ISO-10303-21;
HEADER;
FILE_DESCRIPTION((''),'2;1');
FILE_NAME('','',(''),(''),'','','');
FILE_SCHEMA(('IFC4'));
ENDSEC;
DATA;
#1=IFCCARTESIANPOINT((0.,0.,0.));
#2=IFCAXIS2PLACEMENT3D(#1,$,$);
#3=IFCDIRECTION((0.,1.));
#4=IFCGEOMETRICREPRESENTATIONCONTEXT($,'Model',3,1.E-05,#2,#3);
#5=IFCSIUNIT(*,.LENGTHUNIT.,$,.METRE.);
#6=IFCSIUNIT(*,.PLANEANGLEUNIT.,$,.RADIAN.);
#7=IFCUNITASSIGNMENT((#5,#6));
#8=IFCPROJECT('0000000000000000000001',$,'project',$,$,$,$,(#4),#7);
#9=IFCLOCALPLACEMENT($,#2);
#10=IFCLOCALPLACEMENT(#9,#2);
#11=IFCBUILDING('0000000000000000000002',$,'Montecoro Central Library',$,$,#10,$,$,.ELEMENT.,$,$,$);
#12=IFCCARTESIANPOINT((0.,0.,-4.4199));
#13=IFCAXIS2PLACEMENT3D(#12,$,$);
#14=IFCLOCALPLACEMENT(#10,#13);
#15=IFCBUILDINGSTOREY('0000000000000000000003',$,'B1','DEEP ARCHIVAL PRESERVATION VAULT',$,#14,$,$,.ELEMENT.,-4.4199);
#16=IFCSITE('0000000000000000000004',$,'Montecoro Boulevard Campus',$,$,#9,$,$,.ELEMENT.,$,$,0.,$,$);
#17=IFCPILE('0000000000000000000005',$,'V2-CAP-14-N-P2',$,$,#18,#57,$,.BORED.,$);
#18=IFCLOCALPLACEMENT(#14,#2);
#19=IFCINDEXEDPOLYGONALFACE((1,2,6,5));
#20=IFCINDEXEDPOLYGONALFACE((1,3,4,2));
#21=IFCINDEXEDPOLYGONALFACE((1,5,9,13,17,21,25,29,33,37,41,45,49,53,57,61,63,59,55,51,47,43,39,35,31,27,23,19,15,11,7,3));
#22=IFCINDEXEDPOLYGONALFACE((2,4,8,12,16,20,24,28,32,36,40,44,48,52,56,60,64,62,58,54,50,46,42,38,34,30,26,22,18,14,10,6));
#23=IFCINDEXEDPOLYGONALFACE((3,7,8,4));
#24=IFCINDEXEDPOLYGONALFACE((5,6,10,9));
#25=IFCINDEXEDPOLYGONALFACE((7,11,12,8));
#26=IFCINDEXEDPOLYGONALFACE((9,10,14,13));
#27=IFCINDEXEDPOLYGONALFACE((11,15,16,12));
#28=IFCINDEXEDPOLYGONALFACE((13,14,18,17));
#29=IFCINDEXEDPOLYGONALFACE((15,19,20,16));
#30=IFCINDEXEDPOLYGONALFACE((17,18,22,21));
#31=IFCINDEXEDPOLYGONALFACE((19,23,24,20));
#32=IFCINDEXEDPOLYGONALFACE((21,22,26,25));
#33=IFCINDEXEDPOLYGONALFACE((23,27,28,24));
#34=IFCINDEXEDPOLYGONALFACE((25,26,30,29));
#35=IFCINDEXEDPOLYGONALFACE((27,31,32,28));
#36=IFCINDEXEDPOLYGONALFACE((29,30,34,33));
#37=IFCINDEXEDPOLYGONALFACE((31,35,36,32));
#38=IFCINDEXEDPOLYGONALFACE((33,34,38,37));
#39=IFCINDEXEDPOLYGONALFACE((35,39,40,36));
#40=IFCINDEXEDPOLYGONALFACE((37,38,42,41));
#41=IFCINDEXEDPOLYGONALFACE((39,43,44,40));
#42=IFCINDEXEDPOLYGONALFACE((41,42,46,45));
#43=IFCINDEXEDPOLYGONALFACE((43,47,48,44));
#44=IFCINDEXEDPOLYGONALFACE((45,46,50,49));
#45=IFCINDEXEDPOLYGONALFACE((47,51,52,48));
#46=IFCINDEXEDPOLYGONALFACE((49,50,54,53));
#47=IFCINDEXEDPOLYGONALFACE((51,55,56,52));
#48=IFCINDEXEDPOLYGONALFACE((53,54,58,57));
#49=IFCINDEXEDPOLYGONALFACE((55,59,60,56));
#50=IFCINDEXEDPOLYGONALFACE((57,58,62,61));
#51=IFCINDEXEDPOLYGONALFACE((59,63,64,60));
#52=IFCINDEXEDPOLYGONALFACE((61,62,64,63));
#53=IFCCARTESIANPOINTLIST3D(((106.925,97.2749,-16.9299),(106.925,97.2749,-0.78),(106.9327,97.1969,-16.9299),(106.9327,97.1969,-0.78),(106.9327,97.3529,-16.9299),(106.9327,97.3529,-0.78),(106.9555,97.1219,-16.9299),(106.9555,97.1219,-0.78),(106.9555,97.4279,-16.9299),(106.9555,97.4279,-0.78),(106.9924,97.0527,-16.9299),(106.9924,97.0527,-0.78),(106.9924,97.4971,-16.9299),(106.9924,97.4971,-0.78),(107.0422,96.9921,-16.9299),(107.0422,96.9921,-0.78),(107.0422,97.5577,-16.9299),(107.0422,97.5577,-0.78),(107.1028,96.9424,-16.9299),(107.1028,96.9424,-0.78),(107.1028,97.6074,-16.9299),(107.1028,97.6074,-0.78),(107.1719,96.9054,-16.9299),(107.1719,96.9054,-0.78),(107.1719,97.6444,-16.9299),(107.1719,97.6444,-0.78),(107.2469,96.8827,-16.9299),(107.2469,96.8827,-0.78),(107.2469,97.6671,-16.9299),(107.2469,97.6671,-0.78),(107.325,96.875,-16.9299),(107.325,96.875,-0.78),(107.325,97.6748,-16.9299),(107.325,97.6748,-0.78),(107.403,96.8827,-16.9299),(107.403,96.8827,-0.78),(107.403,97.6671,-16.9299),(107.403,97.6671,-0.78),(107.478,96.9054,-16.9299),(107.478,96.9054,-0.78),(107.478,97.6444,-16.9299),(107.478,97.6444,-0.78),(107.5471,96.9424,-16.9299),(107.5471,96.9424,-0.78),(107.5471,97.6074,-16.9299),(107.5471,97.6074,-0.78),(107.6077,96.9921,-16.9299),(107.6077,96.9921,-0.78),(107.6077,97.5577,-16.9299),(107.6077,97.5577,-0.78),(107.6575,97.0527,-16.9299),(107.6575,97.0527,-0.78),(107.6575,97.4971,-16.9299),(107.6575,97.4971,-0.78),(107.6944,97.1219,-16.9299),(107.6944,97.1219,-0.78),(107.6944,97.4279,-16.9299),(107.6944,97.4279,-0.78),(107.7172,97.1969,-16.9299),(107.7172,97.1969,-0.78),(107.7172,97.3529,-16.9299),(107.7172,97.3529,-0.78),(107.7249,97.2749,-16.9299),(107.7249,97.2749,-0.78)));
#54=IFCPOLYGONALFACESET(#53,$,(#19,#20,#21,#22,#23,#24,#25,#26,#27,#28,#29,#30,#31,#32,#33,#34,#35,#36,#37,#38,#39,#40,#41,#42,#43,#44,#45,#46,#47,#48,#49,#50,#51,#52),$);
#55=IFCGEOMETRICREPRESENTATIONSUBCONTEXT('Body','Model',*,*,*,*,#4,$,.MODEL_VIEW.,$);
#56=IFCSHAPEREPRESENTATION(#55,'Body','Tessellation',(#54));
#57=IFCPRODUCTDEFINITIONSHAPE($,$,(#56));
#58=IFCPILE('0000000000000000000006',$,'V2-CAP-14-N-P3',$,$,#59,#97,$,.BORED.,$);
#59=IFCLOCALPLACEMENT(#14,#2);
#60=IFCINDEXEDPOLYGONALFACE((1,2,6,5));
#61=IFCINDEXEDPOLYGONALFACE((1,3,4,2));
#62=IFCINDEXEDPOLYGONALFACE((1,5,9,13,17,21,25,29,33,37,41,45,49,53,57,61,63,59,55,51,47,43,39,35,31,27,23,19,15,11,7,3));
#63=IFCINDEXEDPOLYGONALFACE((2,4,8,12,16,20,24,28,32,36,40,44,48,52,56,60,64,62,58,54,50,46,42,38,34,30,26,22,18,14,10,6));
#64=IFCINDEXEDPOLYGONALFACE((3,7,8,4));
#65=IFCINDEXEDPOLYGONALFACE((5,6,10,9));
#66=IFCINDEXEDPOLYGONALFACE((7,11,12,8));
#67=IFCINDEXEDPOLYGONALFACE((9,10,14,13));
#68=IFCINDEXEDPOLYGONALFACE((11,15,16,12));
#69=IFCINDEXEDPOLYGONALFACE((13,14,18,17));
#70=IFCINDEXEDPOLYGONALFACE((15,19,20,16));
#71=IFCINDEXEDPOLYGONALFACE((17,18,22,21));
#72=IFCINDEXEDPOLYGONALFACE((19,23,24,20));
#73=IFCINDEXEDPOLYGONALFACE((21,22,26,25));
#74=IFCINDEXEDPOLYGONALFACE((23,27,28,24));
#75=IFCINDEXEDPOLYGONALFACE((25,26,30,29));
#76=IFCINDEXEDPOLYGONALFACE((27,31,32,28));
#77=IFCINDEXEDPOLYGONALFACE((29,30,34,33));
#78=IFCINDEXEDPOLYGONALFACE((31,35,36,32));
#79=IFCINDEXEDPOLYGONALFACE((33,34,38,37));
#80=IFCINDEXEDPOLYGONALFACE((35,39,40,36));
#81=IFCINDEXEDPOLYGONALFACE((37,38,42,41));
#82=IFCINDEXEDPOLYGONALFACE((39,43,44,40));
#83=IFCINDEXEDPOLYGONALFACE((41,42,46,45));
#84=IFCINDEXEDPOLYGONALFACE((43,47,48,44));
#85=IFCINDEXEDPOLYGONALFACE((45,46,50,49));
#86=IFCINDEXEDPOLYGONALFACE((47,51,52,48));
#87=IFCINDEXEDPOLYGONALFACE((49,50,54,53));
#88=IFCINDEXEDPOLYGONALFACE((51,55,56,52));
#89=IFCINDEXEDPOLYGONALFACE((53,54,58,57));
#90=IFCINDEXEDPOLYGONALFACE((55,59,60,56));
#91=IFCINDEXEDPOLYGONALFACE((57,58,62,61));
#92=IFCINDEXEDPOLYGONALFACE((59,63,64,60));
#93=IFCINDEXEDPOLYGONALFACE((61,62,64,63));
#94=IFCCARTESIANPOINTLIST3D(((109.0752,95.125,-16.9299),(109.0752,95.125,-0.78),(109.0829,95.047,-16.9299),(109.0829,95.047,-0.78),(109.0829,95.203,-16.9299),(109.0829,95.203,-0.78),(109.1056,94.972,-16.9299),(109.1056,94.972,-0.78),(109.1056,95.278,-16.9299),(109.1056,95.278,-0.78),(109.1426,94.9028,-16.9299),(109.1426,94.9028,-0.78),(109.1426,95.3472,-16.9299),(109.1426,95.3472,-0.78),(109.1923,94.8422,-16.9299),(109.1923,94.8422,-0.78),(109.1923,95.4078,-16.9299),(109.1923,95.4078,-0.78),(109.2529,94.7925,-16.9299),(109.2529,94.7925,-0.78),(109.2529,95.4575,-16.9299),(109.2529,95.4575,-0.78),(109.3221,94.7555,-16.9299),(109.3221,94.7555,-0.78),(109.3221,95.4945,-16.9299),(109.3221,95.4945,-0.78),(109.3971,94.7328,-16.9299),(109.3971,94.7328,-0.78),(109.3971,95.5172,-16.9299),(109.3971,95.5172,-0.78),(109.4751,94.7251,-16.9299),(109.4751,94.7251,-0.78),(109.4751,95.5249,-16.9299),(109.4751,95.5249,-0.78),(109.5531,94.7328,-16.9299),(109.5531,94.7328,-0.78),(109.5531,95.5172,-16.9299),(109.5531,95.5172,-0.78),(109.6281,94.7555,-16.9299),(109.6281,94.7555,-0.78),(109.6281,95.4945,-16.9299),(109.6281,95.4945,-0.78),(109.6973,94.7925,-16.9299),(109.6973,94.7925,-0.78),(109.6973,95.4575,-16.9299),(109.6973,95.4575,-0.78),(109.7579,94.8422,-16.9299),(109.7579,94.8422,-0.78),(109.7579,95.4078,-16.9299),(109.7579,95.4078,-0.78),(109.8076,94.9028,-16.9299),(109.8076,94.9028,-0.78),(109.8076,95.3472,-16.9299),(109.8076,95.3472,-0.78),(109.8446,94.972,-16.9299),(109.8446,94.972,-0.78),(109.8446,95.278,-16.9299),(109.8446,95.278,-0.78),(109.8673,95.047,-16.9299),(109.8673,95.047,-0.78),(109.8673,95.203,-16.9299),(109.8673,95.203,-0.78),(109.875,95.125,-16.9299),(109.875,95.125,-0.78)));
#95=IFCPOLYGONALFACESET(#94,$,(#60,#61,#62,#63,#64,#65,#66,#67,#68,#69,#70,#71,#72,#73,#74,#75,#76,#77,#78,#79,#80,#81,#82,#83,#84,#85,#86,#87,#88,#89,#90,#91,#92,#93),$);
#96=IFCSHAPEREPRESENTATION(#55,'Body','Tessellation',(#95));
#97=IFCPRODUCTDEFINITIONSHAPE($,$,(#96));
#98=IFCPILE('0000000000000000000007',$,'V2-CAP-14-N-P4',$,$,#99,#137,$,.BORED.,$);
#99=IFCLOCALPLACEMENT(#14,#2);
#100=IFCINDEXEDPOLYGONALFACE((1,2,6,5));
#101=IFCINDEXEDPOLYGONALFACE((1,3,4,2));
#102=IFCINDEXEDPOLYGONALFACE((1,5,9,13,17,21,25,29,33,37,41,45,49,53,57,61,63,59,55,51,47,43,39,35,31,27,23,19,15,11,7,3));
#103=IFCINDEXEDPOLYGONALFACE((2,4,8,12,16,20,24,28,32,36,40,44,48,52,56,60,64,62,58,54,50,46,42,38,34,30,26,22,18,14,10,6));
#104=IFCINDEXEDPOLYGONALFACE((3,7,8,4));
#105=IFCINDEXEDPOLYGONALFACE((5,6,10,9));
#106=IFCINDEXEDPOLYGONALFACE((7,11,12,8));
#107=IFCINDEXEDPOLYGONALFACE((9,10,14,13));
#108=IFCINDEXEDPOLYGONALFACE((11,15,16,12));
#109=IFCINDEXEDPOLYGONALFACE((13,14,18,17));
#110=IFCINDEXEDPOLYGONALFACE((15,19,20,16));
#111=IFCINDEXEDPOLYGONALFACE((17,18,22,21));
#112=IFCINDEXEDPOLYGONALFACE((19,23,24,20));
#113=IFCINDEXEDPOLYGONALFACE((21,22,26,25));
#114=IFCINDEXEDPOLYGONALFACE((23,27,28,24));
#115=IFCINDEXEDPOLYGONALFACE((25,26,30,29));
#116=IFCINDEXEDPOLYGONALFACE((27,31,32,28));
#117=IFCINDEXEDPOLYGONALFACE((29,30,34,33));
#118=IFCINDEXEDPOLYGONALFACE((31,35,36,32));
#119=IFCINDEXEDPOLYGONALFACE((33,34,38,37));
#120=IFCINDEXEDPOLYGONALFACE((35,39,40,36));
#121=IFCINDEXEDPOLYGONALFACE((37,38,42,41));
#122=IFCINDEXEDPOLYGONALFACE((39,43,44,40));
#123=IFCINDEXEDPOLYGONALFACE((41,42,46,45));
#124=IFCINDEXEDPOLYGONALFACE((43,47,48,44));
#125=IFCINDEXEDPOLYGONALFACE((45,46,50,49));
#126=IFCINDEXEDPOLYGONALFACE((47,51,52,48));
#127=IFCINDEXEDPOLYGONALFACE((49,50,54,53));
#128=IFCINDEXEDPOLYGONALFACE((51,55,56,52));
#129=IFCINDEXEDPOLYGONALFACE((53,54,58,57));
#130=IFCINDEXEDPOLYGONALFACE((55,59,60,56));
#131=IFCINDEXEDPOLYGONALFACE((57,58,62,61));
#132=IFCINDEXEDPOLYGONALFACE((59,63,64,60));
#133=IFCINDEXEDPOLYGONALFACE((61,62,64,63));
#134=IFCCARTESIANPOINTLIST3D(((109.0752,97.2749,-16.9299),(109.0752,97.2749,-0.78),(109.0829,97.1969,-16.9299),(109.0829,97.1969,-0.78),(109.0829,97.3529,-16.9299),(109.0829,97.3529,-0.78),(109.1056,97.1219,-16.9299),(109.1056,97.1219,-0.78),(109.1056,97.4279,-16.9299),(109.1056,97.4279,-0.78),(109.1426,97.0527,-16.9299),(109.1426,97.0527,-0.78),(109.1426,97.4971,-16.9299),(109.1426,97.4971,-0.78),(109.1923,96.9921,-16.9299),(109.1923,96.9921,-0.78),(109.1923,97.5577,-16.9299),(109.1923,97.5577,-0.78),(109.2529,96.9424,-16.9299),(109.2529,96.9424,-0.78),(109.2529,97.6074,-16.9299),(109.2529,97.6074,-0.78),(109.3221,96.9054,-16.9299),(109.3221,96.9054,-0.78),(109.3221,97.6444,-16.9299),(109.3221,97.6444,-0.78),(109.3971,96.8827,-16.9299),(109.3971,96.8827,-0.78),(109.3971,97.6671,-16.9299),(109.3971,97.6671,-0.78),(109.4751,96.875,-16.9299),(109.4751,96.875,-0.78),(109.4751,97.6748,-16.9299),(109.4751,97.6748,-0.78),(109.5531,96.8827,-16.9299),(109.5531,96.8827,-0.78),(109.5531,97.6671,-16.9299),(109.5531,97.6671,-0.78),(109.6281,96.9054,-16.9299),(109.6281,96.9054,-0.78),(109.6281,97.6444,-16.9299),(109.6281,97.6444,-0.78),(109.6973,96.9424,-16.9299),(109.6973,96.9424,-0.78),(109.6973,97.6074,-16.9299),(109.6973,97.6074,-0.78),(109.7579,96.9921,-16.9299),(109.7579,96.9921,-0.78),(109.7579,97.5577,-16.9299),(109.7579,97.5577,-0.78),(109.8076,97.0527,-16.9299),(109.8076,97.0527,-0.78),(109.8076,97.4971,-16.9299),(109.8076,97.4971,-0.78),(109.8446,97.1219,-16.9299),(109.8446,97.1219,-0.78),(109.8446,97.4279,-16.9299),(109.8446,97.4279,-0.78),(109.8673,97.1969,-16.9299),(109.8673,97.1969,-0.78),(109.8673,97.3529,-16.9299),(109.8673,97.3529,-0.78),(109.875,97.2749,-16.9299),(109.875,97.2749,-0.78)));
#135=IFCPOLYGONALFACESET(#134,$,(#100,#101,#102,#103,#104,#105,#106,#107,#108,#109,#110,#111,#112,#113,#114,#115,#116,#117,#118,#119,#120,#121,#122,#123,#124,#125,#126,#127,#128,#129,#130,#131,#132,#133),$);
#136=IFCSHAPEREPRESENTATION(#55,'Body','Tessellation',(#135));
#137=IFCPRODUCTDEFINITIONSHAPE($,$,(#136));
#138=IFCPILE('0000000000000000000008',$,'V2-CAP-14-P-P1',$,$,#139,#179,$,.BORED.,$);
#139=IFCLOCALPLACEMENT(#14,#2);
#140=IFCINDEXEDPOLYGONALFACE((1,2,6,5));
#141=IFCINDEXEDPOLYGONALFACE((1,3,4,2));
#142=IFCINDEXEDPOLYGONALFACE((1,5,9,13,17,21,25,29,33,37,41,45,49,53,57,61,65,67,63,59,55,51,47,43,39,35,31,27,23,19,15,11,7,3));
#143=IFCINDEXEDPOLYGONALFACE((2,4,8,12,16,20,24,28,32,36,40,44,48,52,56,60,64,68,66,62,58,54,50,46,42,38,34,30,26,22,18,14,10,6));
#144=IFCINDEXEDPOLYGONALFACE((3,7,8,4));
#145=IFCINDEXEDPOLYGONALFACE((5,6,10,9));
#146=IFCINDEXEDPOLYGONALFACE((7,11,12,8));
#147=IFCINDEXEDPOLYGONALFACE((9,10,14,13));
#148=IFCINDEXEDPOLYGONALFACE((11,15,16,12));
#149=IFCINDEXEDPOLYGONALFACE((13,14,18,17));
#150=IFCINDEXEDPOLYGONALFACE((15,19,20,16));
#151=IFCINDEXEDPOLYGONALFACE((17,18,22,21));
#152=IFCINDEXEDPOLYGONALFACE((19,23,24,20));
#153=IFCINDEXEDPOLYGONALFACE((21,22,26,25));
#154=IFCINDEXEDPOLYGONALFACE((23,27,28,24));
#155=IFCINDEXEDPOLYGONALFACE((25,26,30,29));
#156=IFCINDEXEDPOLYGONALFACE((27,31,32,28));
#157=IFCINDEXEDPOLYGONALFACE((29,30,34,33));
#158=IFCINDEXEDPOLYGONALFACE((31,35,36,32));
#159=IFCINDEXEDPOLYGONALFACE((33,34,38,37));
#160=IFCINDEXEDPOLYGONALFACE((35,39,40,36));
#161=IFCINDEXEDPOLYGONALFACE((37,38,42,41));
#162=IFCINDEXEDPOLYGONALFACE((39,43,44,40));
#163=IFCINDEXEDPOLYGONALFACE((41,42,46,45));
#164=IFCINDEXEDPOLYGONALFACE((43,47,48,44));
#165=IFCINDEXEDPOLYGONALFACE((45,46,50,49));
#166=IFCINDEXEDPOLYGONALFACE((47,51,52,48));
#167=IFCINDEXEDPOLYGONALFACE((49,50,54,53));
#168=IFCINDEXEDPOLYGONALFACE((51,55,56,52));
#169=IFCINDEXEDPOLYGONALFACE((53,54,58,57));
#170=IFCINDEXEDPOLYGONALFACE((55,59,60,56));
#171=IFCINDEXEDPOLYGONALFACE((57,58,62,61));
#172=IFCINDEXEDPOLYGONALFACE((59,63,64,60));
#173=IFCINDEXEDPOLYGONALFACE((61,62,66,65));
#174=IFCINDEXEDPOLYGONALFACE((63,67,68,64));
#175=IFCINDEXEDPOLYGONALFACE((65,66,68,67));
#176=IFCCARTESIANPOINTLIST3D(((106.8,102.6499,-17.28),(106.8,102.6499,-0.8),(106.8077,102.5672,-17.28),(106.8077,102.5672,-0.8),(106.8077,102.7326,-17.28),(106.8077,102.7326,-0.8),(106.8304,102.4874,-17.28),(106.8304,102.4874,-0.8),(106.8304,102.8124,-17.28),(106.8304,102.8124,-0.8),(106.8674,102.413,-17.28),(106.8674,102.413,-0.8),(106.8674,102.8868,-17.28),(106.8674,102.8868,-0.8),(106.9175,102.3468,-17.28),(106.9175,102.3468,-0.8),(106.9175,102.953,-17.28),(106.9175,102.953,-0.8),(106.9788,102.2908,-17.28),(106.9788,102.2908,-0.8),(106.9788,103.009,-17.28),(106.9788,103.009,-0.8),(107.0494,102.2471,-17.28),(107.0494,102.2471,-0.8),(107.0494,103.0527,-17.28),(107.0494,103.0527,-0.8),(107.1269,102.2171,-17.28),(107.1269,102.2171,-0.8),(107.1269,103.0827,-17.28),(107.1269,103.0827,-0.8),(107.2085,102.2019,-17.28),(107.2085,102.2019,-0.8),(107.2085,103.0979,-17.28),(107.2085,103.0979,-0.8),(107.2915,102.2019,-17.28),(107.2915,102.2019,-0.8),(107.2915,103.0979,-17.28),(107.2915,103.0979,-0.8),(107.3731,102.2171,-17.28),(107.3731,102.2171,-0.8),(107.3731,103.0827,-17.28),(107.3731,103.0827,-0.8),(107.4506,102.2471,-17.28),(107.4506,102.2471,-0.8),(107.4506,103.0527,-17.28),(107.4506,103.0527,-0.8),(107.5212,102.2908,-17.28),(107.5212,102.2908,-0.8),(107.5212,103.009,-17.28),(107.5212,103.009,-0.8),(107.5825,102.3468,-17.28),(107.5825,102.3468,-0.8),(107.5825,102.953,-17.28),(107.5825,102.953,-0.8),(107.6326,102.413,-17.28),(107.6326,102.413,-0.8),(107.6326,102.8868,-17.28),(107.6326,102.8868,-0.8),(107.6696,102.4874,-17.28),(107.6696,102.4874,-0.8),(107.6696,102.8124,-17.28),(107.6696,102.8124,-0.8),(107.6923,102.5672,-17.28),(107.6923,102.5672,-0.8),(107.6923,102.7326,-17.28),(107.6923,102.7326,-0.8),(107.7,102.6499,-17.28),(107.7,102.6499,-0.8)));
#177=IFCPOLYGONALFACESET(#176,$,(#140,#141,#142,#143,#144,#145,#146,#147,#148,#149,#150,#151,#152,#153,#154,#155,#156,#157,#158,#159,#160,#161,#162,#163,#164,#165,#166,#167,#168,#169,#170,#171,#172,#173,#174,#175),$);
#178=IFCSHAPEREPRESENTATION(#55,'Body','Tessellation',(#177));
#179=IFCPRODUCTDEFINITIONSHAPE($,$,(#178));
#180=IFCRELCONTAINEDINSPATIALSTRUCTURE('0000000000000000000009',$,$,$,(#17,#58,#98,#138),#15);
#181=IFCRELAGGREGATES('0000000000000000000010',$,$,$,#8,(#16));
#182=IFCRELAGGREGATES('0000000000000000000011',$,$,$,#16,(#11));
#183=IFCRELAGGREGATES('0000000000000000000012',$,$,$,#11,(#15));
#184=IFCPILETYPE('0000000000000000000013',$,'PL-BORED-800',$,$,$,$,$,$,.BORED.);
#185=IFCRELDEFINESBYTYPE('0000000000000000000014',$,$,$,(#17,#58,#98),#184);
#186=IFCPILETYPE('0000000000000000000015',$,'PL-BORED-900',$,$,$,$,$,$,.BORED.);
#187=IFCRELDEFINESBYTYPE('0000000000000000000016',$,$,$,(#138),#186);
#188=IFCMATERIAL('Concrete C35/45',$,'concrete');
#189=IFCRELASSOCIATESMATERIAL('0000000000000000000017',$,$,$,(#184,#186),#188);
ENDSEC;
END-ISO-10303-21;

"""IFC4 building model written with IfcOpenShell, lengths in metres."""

from ifc_helpers import new_model, si_unit, direction, frame, origin, origin_2d, place, context, subcontext, project, spatial, circle, extrude, material, material_profile, profile_set, type_object, element, save


model = new_model("IFC4")

# Units and contexts
model_context = context("Model", 3, precision=1e-05, world=origin(), true_north=direction((0.0, 1.0)))
body_context = subcontext(model_context, "Body", "Model", "MODEL_VIEW")
ifc_project = project(units=[si_unit("LENGTHUNIT", "METRE"), si_unit("PLANEANGLEUNIT", "RADIAN")], contexts=[model_context])

# Site, building, storey
site_placement = place(None, origin())
site = spatial("IfcSite", under=ifc_project, at=site_placement, Name="Montecoro Boulevard Campus", CompositionType="ELEMENT", RefElevation=0.0)
building_placement = place(site_placement, origin())
building = spatial("IfcBuilding", under=site, at=building_placement, Name="Montecoro Central Library", CompositionType="ELEMENT")
storey_placement = place(building_placement, frame((0.0, 0.0, -4.4199)))
storey = spatial("IfcBuildingStorey", under=building, at=storey_placement, Name="B1", Description="DEEP ARCHIVAL PRESERVATION VAULT", CompositionType="ELEMENT", Elevation=-4.4199)

# Shared definitions
ifc_material_1 = material(Name="Concrete C35/45", Category="concrete")

# Piles
ifc_material_profile_1 = material_profile(ifc_material_1, circle(Radius=0.3999, at=origin_2d()), Name="PILE D800")
ifc_profile_set_1 = profile_set([ifc_material_profile_1], Name="Concrete C35/45")
pile_type_1 = type_object("IfcPileType", Name="PL-BORED-800", PredefinedType="BORED", material=ifc_profile_set_1)
for number, where, z_axis, x_axis, name in (
    (1, (107.325, 97.2749, -0.78), (0.0, 0.0, -1.0), (1.0, 0.0, 0.0), "V2-CAP-14-N-P2"),
    (2, (109.4751, 95.125, -0.78), (0.0, 0.0, -1.0), (1.0, 0.0, 0.0), "V2-CAP-14-N-P3"),
    (3, (109.4751, 97.2749, -0.78), (0.0, 0.0, -1.0), (1.0, 0.0, 0.0), "V2-CAP-14-N-P4"),
):
    element("IfcPile", number, at=place(storey_placement, frame(where, z_axis=z_axis, x_axis=x_axis)), inside=storey, type_object=pile_type_1, Name=name, PredefinedType="BORED", context=body_context, shape_type="SweptSolid", body=[
        extrude(circle(Radius=0.3999, at=origin_2d()), origin(), (0.0, 0.0, 1.0), 16.1499),
    ])
ifc_material_profile_2 = material_profile(ifc_material_1, circle(Radius=0.45, at=origin_2d()), Name="PILE D900")
ifc_profile_set_2 = profile_set([ifc_material_profile_2], Name="Concrete C35/45")
pile_type_2 = type_object("IfcPileType", Name="PL-BORED-900", PredefinedType="BORED", material=ifc_profile_set_2)
for number, where, z_axis, x_axis, name in (
    (4, (107.25, 102.6499, -0.8), (0.0, 0.0, -1.0), (1.0, 0.0, 0.0), "V2-CAP-14-P-P1"),
):
    element("IfcPile", number, at=place(storey_placement, frame(where, z_axis=z_axis, x_axis=x_axis)), inside=storey, type_object=pile_type_2, Name=name, PredefinedType="BORED", context=body_context, shape_type="SweptSolid", body=[
        extrude(circle(Radius=0.45, at=origin_2d()), origin(), (0.0, 0.0, 1.0), 16.48),
    ])

save(model, "model.ifc")
